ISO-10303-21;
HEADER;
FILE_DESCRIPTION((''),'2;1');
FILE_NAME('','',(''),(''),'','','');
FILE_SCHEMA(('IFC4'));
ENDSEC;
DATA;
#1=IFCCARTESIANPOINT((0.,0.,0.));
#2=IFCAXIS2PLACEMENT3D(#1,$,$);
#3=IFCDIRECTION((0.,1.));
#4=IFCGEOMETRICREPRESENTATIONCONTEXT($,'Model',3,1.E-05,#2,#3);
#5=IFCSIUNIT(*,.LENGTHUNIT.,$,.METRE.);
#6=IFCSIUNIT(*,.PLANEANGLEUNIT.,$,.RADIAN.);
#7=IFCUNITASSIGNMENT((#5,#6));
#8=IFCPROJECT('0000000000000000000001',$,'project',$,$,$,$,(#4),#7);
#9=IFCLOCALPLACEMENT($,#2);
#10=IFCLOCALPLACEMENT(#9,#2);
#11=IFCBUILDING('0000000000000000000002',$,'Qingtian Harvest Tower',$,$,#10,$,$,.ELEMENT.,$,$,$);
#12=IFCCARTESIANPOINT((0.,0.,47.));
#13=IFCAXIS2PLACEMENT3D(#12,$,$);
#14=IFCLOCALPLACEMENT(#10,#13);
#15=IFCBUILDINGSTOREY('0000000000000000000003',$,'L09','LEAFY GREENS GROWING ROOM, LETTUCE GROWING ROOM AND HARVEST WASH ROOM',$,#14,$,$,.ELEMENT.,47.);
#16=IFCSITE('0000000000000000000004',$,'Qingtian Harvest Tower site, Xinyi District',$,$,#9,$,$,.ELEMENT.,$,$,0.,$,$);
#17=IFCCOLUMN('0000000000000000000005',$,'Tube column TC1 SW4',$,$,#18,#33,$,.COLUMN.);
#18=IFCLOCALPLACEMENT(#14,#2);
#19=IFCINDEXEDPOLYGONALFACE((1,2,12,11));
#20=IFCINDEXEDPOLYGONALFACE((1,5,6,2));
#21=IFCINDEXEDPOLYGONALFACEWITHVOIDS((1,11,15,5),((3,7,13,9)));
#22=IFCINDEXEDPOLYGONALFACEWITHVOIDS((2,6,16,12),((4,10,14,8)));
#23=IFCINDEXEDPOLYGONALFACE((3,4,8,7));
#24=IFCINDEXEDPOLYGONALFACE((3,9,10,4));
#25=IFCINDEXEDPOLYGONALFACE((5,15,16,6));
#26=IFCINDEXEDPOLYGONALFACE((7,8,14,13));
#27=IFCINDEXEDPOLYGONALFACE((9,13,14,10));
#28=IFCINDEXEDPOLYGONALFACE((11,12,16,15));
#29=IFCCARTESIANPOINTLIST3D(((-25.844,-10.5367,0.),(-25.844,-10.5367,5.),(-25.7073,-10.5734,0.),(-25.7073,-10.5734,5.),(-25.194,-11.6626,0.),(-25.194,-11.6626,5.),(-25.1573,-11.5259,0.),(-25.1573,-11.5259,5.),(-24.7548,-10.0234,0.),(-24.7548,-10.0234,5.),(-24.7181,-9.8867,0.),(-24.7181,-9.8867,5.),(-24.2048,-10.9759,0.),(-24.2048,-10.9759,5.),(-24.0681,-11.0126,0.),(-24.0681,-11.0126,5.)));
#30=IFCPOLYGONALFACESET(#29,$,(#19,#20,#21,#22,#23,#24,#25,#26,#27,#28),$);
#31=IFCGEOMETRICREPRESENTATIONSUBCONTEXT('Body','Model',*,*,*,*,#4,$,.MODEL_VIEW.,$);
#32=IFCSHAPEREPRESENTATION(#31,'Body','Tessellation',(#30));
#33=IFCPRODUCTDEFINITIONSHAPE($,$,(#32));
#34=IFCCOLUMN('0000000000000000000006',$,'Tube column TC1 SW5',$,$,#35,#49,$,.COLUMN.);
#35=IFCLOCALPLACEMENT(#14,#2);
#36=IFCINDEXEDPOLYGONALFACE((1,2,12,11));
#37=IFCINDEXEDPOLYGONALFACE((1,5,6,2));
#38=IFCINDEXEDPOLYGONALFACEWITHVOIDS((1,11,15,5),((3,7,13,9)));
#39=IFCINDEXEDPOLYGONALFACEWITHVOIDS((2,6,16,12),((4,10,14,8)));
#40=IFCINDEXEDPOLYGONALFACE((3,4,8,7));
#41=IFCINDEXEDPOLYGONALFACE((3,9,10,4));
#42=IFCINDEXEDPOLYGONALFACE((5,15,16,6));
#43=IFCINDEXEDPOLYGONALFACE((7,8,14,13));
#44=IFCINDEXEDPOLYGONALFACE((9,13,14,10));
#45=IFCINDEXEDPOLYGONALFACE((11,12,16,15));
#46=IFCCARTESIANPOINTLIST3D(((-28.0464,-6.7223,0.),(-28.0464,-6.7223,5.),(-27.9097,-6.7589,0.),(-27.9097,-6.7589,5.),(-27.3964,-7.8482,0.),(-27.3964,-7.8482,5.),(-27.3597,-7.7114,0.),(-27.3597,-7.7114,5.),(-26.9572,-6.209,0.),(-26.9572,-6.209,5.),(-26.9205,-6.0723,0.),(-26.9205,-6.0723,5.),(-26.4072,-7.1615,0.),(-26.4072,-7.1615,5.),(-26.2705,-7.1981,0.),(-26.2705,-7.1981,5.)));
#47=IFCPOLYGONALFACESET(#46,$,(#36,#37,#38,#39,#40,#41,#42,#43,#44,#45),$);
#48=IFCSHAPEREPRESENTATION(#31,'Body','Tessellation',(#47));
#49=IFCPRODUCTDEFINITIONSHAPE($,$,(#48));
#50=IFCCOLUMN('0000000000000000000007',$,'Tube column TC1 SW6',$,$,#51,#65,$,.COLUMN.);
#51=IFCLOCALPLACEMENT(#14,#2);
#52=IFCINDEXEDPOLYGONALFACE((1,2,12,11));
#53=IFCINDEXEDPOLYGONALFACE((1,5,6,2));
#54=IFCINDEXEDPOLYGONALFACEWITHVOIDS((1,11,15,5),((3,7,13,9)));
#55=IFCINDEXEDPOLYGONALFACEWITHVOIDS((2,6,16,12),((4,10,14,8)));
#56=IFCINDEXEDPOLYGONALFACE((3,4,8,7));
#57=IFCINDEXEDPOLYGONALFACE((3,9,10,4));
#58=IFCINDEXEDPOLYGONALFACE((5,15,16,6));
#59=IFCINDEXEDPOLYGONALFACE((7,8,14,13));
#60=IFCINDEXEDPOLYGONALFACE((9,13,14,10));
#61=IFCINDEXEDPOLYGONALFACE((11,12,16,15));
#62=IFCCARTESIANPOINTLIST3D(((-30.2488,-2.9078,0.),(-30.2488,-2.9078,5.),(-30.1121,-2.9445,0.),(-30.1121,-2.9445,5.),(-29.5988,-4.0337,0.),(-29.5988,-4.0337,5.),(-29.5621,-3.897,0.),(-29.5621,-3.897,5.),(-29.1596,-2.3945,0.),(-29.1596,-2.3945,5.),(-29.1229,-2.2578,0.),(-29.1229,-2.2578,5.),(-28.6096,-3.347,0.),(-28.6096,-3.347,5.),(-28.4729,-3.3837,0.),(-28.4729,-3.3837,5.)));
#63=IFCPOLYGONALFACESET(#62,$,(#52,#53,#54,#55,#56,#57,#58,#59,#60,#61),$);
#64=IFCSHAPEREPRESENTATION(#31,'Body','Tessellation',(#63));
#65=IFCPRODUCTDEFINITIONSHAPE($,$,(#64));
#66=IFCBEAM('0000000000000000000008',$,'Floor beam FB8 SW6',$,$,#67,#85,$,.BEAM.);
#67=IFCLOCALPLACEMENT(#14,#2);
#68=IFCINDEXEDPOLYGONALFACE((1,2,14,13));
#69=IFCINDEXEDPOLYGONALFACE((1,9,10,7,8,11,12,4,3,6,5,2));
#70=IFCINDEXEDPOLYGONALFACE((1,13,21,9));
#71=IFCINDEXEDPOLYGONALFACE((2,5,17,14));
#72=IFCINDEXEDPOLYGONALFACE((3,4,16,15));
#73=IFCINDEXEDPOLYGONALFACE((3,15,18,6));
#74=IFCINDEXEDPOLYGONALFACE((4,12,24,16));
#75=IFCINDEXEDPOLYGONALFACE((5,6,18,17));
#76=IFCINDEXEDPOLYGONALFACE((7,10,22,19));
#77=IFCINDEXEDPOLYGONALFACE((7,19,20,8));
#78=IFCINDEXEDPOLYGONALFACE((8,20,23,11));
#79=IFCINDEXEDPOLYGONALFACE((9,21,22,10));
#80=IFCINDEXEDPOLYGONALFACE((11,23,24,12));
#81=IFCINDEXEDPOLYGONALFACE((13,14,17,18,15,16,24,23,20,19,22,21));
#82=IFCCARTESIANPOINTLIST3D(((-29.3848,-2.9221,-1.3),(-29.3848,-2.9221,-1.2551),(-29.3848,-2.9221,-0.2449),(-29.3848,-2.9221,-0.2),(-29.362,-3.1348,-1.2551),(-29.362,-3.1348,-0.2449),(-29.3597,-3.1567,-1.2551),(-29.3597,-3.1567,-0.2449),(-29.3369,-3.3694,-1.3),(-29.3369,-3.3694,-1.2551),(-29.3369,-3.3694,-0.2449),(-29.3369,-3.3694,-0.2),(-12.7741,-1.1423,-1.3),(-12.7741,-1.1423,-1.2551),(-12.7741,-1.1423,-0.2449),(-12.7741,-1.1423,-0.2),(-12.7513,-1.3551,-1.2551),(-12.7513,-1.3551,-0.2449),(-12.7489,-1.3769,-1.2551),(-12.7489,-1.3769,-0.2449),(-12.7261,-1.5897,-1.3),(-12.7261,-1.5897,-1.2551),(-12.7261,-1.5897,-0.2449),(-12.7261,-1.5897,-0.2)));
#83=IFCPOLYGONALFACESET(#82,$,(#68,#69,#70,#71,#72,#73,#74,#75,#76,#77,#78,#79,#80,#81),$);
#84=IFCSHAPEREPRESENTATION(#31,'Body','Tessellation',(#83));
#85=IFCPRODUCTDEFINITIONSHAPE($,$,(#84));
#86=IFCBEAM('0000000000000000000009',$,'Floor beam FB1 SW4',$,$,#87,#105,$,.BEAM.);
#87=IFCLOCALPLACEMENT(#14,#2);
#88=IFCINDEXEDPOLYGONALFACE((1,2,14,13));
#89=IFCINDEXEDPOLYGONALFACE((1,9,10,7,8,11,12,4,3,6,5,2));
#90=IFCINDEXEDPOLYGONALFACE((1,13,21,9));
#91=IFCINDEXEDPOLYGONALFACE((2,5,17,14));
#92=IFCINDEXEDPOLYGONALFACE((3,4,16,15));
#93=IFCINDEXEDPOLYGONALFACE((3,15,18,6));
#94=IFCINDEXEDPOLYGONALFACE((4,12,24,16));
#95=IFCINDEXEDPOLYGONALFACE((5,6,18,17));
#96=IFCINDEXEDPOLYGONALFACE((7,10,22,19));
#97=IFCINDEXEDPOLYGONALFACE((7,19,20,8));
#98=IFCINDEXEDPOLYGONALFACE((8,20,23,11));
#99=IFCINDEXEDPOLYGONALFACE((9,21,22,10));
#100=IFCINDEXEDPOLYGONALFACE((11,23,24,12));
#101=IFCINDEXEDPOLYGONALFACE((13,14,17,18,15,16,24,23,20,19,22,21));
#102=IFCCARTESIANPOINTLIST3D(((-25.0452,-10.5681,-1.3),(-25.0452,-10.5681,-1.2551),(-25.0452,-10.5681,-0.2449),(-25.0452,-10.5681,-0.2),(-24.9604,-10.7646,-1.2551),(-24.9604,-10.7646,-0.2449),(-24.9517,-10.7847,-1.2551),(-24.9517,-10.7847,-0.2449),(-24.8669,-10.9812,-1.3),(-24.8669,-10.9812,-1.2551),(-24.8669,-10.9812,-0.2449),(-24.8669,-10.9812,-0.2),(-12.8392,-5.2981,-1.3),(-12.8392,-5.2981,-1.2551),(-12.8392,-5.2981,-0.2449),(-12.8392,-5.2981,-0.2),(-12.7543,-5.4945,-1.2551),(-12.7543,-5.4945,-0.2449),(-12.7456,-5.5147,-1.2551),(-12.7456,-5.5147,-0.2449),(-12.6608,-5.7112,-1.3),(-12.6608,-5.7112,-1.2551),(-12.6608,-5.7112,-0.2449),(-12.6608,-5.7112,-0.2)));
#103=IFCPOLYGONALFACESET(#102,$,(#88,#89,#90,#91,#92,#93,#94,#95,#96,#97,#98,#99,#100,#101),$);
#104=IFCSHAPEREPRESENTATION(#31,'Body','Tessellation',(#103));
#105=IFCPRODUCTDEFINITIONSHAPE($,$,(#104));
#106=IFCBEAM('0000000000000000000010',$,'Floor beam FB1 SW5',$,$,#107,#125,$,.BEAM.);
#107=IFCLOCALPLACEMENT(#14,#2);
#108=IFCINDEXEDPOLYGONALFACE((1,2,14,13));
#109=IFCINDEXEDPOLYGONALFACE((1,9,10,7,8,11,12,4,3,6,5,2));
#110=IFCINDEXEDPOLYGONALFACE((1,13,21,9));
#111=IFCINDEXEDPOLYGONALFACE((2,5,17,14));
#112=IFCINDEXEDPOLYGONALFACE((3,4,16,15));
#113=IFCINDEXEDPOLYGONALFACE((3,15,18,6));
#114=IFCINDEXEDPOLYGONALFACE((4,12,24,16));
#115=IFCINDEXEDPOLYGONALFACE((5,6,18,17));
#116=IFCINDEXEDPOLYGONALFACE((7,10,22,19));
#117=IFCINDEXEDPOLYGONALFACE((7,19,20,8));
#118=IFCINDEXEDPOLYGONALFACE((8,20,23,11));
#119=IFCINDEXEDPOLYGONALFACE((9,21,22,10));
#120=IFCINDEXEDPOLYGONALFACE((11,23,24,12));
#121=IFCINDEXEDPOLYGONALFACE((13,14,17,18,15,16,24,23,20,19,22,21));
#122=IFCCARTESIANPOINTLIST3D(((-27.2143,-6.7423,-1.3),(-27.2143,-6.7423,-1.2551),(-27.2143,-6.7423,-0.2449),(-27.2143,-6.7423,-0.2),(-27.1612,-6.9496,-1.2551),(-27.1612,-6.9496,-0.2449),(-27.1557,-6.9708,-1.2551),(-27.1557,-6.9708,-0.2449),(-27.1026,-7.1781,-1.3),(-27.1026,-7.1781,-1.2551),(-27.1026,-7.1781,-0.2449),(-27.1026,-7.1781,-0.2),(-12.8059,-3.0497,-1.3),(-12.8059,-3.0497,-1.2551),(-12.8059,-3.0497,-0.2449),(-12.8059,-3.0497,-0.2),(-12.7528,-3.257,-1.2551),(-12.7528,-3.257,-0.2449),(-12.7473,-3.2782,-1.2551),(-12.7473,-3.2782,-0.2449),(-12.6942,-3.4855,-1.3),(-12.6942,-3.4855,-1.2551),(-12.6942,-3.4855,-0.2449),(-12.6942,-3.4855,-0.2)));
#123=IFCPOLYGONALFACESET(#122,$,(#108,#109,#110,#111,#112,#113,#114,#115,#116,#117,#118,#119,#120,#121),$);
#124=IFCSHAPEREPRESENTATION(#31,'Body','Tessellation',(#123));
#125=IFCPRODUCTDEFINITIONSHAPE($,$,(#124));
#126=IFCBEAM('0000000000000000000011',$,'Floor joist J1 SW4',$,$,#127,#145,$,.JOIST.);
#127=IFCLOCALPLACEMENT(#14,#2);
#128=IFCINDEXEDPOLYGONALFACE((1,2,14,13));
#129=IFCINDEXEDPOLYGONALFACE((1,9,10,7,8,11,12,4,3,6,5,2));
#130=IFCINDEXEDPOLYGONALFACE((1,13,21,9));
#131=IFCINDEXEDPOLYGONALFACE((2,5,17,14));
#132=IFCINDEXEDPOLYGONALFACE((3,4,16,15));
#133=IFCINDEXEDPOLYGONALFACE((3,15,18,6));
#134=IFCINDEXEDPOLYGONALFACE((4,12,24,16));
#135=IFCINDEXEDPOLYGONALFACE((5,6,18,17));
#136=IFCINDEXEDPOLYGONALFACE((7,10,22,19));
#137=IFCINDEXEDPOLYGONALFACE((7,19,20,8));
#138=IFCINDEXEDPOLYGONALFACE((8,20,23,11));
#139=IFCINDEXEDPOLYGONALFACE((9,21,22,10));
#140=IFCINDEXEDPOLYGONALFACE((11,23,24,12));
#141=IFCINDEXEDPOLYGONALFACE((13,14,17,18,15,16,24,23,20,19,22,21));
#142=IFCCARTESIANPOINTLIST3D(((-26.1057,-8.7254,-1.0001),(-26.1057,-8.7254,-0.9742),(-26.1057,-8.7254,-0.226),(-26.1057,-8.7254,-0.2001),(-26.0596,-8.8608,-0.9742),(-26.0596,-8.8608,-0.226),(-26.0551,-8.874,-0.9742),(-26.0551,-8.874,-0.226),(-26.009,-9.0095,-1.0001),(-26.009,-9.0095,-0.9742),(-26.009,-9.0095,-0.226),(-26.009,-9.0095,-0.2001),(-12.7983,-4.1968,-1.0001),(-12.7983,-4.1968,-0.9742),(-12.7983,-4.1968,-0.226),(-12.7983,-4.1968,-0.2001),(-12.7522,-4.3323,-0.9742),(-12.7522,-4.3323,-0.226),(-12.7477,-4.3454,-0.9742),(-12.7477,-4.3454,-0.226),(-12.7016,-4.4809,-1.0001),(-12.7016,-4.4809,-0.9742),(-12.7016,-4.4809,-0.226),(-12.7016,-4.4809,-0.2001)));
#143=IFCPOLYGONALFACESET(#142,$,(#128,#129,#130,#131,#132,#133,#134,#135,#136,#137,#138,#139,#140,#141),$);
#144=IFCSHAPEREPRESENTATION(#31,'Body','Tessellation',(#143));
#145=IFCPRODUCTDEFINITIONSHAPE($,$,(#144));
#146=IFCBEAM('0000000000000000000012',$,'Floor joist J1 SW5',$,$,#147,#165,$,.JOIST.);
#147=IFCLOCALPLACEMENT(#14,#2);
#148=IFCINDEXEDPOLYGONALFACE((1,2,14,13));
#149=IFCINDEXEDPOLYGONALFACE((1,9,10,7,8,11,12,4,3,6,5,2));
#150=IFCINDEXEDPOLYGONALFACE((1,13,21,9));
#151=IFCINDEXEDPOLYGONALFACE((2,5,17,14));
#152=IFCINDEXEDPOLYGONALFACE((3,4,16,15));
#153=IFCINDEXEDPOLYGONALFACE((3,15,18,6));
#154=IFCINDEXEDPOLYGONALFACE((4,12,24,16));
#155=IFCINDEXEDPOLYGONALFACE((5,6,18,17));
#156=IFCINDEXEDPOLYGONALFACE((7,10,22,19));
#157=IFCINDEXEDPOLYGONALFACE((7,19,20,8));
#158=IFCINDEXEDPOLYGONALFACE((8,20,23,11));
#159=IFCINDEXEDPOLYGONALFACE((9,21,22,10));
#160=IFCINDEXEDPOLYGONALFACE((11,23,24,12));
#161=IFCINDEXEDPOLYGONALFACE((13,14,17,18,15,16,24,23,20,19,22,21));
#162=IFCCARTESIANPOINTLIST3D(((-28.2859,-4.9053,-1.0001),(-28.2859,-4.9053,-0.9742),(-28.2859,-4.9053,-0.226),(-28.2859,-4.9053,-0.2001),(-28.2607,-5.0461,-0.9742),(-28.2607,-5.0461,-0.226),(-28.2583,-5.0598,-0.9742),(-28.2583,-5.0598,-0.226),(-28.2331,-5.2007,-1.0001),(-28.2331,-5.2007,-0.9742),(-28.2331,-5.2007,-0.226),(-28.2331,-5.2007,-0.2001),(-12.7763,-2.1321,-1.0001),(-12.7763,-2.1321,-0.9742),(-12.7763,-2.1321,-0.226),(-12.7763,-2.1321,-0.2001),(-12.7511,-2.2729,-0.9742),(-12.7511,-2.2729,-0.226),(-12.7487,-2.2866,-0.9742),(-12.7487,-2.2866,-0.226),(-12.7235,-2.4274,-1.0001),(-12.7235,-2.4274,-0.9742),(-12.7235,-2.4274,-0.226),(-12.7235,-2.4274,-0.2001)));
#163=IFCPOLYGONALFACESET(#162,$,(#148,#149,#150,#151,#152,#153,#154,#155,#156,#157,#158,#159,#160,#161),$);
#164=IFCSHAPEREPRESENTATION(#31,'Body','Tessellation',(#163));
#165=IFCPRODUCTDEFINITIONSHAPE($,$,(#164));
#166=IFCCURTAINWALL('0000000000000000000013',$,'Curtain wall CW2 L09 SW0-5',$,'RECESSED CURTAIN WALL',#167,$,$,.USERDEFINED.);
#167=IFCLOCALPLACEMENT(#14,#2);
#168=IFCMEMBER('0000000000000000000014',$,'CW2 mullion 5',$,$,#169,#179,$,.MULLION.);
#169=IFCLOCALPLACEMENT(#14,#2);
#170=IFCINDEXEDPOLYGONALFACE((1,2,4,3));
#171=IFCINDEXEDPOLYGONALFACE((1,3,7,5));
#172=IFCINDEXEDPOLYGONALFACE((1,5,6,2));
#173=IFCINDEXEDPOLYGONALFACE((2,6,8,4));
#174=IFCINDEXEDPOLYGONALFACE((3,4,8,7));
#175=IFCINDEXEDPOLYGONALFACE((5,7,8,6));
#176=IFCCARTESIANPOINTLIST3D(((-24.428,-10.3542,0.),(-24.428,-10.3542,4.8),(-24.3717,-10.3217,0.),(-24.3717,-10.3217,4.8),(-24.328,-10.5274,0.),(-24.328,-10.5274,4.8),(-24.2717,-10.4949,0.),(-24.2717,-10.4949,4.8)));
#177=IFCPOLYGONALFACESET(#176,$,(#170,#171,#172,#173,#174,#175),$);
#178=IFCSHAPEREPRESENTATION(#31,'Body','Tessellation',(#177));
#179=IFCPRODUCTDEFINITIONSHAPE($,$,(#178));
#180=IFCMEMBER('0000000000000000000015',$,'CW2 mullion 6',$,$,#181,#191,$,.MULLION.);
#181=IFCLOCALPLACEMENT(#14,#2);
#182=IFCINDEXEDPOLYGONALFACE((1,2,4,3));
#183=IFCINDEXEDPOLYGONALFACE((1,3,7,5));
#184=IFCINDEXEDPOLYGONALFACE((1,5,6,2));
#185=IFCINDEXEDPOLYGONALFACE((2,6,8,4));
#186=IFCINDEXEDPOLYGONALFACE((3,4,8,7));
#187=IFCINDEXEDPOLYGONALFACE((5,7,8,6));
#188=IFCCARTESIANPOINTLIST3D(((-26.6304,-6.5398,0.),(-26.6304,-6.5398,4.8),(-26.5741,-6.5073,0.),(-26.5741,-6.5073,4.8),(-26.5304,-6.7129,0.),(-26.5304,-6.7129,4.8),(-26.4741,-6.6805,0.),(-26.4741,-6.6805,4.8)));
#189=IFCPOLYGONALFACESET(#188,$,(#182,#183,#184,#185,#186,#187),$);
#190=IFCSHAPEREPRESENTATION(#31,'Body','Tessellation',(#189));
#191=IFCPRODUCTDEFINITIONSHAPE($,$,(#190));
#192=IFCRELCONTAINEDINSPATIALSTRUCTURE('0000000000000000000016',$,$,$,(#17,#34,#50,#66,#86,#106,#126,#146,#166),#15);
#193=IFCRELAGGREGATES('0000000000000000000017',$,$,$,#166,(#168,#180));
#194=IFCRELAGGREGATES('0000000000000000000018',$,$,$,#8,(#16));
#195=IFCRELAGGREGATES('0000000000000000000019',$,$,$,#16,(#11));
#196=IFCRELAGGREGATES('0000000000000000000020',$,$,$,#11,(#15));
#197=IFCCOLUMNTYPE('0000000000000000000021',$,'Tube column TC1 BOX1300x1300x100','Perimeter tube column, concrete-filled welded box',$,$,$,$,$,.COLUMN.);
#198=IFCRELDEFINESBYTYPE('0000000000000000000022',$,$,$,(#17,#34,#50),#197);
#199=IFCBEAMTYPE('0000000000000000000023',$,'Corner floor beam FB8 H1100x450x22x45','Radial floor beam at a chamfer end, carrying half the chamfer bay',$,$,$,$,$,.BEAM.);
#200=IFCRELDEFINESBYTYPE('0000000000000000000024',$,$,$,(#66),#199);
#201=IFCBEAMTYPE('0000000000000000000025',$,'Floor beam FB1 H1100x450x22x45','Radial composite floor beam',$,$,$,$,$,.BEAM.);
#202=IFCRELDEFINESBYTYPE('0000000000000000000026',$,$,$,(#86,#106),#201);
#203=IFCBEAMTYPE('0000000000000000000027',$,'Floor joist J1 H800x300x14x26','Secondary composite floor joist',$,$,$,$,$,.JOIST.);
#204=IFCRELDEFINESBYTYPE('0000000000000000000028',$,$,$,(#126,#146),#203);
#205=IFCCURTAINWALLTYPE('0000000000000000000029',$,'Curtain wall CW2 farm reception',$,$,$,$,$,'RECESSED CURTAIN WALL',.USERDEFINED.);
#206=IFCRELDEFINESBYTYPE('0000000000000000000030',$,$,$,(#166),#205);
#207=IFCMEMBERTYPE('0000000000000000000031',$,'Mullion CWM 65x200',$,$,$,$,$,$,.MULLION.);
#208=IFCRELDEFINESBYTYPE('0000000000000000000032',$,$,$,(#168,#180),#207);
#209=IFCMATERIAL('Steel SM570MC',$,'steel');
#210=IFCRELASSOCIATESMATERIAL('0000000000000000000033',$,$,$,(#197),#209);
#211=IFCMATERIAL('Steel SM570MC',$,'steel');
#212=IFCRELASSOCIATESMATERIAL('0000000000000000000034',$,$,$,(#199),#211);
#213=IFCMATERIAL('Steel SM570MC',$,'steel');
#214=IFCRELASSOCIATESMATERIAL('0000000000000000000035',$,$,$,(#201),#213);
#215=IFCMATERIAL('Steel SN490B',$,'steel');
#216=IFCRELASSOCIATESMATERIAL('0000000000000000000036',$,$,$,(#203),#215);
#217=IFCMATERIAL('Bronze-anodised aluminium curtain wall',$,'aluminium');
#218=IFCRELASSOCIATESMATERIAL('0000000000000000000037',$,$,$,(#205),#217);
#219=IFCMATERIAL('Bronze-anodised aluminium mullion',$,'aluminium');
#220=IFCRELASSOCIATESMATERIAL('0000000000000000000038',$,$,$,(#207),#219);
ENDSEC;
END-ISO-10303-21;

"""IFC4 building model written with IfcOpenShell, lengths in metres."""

from ifc_helpers import new_model, si_unit, direction, frame, origin, origin_2d, place, context, subcontext, project, spatial, rectangle, hollow_rectangle, i_section, extrude, material, material_profile, profile_set, type_object, element, aggregate, save


model = new_model("IFC4")

# Units and contexts
model_context = context("Model", 3, precision=1e-05, world=origin(), true_north=direction((0.0, 1.0)))
body_context = subcontext(model_context, "Body", "Model", "MODEL_VIEW")
ifc_project = project(units=[si_unit("LENGTHUNIT", "METRE"), si_unit("PLANEANGLEUNIT", "RADIAN")], contexts=[model_context])

# Site, building, storey
site_placement = place(None, origin())
site = spatial("IfcSite", under=ifc_project, at=site_placement, Name="Qingtian Harvest Tower site, Xinyi District", CompositionType="ELEMENT", RefElevation=0.0)
building_placement = place(site_placement, origin())
building = spatial("IfcBuilding", under=site, at=building_placement, Name="Qingtian Harvest Tower", CompositionType="ELEMENT")
storey_placement = place(building_placement, frame((0.0, 0.0, 47.0)))
storey = spatial("IfcBuildingStorey", under=building, at=storey_placement, Name="L09", Description="LEAFY GREENS GROWING ROOM, LETTUCE GROWING ROOM AND HARVEST WASH ROOM", CompositionType="ELEMENT", Elevation=47.0)

# Columns
ifc_material_1 = material(Name="Steel SM570MC", Category="steel")
ifc_material_profile_1 = material_profile(ifc_material_1, hollow_rectangle(XDim=1.3, YDim=1.3, WallThickness=0.1001, at=origin_2d()), Name="BOX1300x1300x100")
ifc_profile_set_1 = profile_set([ifc_material_profile_1], Name="Steel SM570MC")
column_type = type_object("IfcColumnType", Name="Tube column TC1 BOX1300x1300x100", Description="Perimeter tube column, concrete-filled welded box", PredefinedType="COLUMN", material=ifc_profile_set_1)
for number, where, z_axis, x_axis, name in (
    (1, (-24.9561, -10.7747, 0.0), (0.0, 0.0, 1.0), (0.5, -0.866025, 0.0), "Tube column TC1 SW4"),
    (2, (-27.1584, -6.9602, 0.0), (0.0, 0.0, 1.0), (0.5, -0.866025, 0.0), "Tube column TC1 SW5"),
    (3, (-29.3608, -3.1458, 0.0), (0.0, 0.0, 1.0), (0.5, -0.866025, 0.0), "Tube column TC1 SW6"),
):
    element("IfcColumn", number, at=place(storey_placement, frame(where, z_axis=z_axis, x_axis=x_axis)), inside=storey, type_object=column_type, Name=name, PredefinedType="COLUMN", context=body_context, shape_type="SweptSolid", body=[
        extrude(hollow_rectangle(XDim=1.3, YDim=1.3, WallThickness=0.1001, at=origin_2d()), origin(), (0.0, 0.0, 1.0), 5.0),
    ])

# Beams
ifc_material_2 = material(Name="Steel SM570MC", Category="steel")
ifc_material_profile_2 = material_profile(ifc_material_2, i_section(OverallWidth=0.45, OverallDepth=1.1001, WebThickness=0.022, FlangeThickness=0.0449, at=origin_2d()), Name="H1100x450x22x45")
ifc_profile_set_2 = profile_set([ifc_material_profile_2], Name="Steel SM570MC")
beam_type_1 = type_object("IfcBeamType", Name="Corner floor beam FB8 H1100x450x22x45", Description="Radial floor beam at a chamfer end, carrying half the chamfer bay", PredefinedType="BEAM", material=ifc_profile_set_2)
beam_1_placement = place(storey_placement, frame((-29.3608, -3.1458, -0.75), z_axis=(0.994309, 0.106536, 0.0), x_axis=(-0.106536, 0.994309, 0.0)))
element("IfcBeam", 4, at=beam_1_placement, inside=storey, type_object=beam_type_1, Name="Floor beam FB8 SW6", PredefinedType="BEAM", context=body_context, shape_type="SweptSolid", body=[
    extrude(i_section(OverallWidth=0.45, OverallDepth=1.1001, WebThickness=0.022, FlangeThickness=0.0449, at=origin_2d()), origin(), (0.0, 0.0, 1.0), 16.7058),
])
ifc_material_3 = material(Name="Steel SM570MC", Category="steel")
ifc_material_profile_3 = material_profile(ifc_material_3, i_section(OverallWidth=0.45, OverallDepth=1.1001, WebThickness=0.022, FlangeThickness=0.0449, at=origin_2d()), Name="H1100x450x22x45")
ifc_profile_set_3 = profile_set([ifc_material_profile_3], Name="Steel SM570MC")
beam_type_2 = type_object("IfcBeamType", Name="Floor beam FB1 H1100x450x22x45", Description="Radial composite floor beam", PredefinedType="BEAM", material=ifc_profile_set_3)
beam_2_placement = place(storey_placement, frame((-24.9561, -10.7747, -0.75), z_axis=(0.918084, 0.396387, 0.0), x_axis=(-0.396387, 0.918084, 0.0)))
element("IfcBeam", 5, at=beam_2_placement, inside=storey, type_object=beam_type_2, Name="Floor beam FB1 SW4", PredefinedType="BEAM", context=body_context, shape_type="SweptSolid", body=[
    extrude(i_section(OverallWidth=0.45, OverallDepth=1.1001, WebThickness=0.022, FlangeThickness=0.0449, at=origin_2d()), origin(), (0.0, 0.0, 1.0), 13.2952),
])
beam_3_placement = place(storey_placement, frame((-27.1584, -6.9602, -0.75), z_axis=(0.968694, 0.248259, 0.0), x_axis=(-0.248259, 0.968694, 0.0)))
element("IfcBeam", 6, at=beam_3_placement, inside=storey, type_object=beam_type_2, Name="Floor beam FB1 SW5", PredefinedType="BEAM", context=body_context, shape_type="SweptSolid", body=[
    extrude(i_section(OverallWidth=0.45, OverallDepth=1.1001, WebThickness=0.022, FlangeThickness=0.0449, at=origin_2d()), origin(), (0.0, 0.0, 1.0), 14.874),
])
ifc_material_4 = material(Name="Steel SN490B", Category="steel")
ifc_material_profile_4 = material_profile(ifc_material_4, i_section(OverallWidth=0.3, OverallDepth=0.8, WebThickness=0.0139, FlangeThickness=0.0259, at=origin_2d()), Name="H800x300x14x26")
ifc_profile_set_4 = profile_set([ifc_material_profile_4], Name="Steel SN490B")
beam_type_3 = type_object("IfcBeamType", Name="Floor joist J1 H800x300x14x26", Description="Secondary composite floor joist", PredefinedType="JOIST", material=ifc_profile_set_4)
beam_4_placement = place(storey_placement, frame((-26.0574, -8.8674, -0.6001), z_axis=(0.946685, 0.322161, 0.0), x_axis=(-0.322161, 0.946685, 0.0)))
element("IfcBeam", 7, at=beam_4_placement, inside=storey, type_object=beam_type_3, Name="Floor joist J1 SW4", PredefinedType="JOIST", context=body_context, shape_type="SweptSolid", body=[
    extrude(i_section(OverallWidth=0.3, OverallDepth=0.8, WebThickness=0.0139, FlangeThickness=0.0259, at=origin_2d()), origin(), (0.0, 0.0, 1.0), 14.0569),
])
beam_5_placement = place(storey_placement, frame((-28.2595, -5.053, -0.6001), z_axis=(0.984388, 0.176014, 0.0), x_axis=(-0.176014, 0.984388, 0.0)))
element("IfcBeam", 8, at=beam_5_placement, inside=storey, type_object=beam_type_3, Name="Floor joist J1 SW5", PredefinedType="JOIST", context=body_context, shape_type="SweptSolid", body=[
    extrude(i_section(OverallWidth=0.3, OverallDepth=0.8, WebThickness=0.0139, FlangeThickness=0.0259, at=origin_2d()), origin(), (0.0, 0.0, 1.0), 15.7556),
])

# Curtain wall, members
ifc_material_5 = material(Name="Bronze-anodised aluminium curtain wall", Category="aluminium")
curtain_wall_type = type_object("IfcCurtainWallType", Name="Curtain wall CW2 farm reception", ElementType="RECESSED CURTAIN WALL", PredefinedType="USERDEFINED", material=ifc_material_5)
curtain_wall_1_placement = place(storey_placement, origin())
curtain_wall_1 = element("IfcCurtainWall", 9, at=curtain_wall_1_placement, inside=storey, type_object=curtain_wall_type, Name="Curtain wall CW2 L09 SW0-5", ObjectType="RECESSED CURTAIN WALL", PredefinedType="USERDEFINED")
ifc_material_6 = material(Name="Bronze-anodised aluminium mullion", Category="aluminium")
ifc_material_profile_5 = material_profile(ifc_material_6, rectangle(XDim=0.0649, YDim=0.2, at=origin_2d()), Name="AL 65x200")
ifc_profile_set_5 = profile_set([ifc_material_profile_5], Name="Bronze-anodised aluminium mullion")
member_type_1 = type_object("IfcMemberType", Name="Mullion CWM 65x200", PredefinedType="MULLION", material=ifc_profile_set_5)
member_1_placement = place(storey_placement, frame((-24.3499, -10.4246, 0.0), z_axis=(0.0, 0.0, 1.0), x_axis=(-0.866025, -0.5, 0.0)))
member_1 = element("IfcMember", 10, at=member_1_placement, type_object=member_type_1, Name="CW2 mullion 5", PredefinedType="MULLION", context=body_context, shape_type="SweptSolid", body=[
    extrude(rectangle(XDim=0.0649, YDim=0.2, at=origin_2d()), origin(), (0.0, 0.0, 1.0), 4.8),
])
member_2_placement = place(storey_placement, frame((-26.5522, -6.6101, 0.0), z_axis=(0.0, 0.0, 1.0), x_axis=(-0.866025, -0.5, 0.0)))
member_2 = element("IfcMember", 11, at=member_2_placement, type_object=member_type_1, Name="CW2 mullion 6", PredefinedType="MULLION", context=body_context, shape_type="SweptSolid", body=[
    extrude(rectangle(XDim=0.0649, YDim=0.2, at=origin_2d()), origin(), (0.0, 0.0, 1.0), 4.8),
])

aggregate(curtain_wall_1, [member_1, member_2])

save(model, "model.ifc")
